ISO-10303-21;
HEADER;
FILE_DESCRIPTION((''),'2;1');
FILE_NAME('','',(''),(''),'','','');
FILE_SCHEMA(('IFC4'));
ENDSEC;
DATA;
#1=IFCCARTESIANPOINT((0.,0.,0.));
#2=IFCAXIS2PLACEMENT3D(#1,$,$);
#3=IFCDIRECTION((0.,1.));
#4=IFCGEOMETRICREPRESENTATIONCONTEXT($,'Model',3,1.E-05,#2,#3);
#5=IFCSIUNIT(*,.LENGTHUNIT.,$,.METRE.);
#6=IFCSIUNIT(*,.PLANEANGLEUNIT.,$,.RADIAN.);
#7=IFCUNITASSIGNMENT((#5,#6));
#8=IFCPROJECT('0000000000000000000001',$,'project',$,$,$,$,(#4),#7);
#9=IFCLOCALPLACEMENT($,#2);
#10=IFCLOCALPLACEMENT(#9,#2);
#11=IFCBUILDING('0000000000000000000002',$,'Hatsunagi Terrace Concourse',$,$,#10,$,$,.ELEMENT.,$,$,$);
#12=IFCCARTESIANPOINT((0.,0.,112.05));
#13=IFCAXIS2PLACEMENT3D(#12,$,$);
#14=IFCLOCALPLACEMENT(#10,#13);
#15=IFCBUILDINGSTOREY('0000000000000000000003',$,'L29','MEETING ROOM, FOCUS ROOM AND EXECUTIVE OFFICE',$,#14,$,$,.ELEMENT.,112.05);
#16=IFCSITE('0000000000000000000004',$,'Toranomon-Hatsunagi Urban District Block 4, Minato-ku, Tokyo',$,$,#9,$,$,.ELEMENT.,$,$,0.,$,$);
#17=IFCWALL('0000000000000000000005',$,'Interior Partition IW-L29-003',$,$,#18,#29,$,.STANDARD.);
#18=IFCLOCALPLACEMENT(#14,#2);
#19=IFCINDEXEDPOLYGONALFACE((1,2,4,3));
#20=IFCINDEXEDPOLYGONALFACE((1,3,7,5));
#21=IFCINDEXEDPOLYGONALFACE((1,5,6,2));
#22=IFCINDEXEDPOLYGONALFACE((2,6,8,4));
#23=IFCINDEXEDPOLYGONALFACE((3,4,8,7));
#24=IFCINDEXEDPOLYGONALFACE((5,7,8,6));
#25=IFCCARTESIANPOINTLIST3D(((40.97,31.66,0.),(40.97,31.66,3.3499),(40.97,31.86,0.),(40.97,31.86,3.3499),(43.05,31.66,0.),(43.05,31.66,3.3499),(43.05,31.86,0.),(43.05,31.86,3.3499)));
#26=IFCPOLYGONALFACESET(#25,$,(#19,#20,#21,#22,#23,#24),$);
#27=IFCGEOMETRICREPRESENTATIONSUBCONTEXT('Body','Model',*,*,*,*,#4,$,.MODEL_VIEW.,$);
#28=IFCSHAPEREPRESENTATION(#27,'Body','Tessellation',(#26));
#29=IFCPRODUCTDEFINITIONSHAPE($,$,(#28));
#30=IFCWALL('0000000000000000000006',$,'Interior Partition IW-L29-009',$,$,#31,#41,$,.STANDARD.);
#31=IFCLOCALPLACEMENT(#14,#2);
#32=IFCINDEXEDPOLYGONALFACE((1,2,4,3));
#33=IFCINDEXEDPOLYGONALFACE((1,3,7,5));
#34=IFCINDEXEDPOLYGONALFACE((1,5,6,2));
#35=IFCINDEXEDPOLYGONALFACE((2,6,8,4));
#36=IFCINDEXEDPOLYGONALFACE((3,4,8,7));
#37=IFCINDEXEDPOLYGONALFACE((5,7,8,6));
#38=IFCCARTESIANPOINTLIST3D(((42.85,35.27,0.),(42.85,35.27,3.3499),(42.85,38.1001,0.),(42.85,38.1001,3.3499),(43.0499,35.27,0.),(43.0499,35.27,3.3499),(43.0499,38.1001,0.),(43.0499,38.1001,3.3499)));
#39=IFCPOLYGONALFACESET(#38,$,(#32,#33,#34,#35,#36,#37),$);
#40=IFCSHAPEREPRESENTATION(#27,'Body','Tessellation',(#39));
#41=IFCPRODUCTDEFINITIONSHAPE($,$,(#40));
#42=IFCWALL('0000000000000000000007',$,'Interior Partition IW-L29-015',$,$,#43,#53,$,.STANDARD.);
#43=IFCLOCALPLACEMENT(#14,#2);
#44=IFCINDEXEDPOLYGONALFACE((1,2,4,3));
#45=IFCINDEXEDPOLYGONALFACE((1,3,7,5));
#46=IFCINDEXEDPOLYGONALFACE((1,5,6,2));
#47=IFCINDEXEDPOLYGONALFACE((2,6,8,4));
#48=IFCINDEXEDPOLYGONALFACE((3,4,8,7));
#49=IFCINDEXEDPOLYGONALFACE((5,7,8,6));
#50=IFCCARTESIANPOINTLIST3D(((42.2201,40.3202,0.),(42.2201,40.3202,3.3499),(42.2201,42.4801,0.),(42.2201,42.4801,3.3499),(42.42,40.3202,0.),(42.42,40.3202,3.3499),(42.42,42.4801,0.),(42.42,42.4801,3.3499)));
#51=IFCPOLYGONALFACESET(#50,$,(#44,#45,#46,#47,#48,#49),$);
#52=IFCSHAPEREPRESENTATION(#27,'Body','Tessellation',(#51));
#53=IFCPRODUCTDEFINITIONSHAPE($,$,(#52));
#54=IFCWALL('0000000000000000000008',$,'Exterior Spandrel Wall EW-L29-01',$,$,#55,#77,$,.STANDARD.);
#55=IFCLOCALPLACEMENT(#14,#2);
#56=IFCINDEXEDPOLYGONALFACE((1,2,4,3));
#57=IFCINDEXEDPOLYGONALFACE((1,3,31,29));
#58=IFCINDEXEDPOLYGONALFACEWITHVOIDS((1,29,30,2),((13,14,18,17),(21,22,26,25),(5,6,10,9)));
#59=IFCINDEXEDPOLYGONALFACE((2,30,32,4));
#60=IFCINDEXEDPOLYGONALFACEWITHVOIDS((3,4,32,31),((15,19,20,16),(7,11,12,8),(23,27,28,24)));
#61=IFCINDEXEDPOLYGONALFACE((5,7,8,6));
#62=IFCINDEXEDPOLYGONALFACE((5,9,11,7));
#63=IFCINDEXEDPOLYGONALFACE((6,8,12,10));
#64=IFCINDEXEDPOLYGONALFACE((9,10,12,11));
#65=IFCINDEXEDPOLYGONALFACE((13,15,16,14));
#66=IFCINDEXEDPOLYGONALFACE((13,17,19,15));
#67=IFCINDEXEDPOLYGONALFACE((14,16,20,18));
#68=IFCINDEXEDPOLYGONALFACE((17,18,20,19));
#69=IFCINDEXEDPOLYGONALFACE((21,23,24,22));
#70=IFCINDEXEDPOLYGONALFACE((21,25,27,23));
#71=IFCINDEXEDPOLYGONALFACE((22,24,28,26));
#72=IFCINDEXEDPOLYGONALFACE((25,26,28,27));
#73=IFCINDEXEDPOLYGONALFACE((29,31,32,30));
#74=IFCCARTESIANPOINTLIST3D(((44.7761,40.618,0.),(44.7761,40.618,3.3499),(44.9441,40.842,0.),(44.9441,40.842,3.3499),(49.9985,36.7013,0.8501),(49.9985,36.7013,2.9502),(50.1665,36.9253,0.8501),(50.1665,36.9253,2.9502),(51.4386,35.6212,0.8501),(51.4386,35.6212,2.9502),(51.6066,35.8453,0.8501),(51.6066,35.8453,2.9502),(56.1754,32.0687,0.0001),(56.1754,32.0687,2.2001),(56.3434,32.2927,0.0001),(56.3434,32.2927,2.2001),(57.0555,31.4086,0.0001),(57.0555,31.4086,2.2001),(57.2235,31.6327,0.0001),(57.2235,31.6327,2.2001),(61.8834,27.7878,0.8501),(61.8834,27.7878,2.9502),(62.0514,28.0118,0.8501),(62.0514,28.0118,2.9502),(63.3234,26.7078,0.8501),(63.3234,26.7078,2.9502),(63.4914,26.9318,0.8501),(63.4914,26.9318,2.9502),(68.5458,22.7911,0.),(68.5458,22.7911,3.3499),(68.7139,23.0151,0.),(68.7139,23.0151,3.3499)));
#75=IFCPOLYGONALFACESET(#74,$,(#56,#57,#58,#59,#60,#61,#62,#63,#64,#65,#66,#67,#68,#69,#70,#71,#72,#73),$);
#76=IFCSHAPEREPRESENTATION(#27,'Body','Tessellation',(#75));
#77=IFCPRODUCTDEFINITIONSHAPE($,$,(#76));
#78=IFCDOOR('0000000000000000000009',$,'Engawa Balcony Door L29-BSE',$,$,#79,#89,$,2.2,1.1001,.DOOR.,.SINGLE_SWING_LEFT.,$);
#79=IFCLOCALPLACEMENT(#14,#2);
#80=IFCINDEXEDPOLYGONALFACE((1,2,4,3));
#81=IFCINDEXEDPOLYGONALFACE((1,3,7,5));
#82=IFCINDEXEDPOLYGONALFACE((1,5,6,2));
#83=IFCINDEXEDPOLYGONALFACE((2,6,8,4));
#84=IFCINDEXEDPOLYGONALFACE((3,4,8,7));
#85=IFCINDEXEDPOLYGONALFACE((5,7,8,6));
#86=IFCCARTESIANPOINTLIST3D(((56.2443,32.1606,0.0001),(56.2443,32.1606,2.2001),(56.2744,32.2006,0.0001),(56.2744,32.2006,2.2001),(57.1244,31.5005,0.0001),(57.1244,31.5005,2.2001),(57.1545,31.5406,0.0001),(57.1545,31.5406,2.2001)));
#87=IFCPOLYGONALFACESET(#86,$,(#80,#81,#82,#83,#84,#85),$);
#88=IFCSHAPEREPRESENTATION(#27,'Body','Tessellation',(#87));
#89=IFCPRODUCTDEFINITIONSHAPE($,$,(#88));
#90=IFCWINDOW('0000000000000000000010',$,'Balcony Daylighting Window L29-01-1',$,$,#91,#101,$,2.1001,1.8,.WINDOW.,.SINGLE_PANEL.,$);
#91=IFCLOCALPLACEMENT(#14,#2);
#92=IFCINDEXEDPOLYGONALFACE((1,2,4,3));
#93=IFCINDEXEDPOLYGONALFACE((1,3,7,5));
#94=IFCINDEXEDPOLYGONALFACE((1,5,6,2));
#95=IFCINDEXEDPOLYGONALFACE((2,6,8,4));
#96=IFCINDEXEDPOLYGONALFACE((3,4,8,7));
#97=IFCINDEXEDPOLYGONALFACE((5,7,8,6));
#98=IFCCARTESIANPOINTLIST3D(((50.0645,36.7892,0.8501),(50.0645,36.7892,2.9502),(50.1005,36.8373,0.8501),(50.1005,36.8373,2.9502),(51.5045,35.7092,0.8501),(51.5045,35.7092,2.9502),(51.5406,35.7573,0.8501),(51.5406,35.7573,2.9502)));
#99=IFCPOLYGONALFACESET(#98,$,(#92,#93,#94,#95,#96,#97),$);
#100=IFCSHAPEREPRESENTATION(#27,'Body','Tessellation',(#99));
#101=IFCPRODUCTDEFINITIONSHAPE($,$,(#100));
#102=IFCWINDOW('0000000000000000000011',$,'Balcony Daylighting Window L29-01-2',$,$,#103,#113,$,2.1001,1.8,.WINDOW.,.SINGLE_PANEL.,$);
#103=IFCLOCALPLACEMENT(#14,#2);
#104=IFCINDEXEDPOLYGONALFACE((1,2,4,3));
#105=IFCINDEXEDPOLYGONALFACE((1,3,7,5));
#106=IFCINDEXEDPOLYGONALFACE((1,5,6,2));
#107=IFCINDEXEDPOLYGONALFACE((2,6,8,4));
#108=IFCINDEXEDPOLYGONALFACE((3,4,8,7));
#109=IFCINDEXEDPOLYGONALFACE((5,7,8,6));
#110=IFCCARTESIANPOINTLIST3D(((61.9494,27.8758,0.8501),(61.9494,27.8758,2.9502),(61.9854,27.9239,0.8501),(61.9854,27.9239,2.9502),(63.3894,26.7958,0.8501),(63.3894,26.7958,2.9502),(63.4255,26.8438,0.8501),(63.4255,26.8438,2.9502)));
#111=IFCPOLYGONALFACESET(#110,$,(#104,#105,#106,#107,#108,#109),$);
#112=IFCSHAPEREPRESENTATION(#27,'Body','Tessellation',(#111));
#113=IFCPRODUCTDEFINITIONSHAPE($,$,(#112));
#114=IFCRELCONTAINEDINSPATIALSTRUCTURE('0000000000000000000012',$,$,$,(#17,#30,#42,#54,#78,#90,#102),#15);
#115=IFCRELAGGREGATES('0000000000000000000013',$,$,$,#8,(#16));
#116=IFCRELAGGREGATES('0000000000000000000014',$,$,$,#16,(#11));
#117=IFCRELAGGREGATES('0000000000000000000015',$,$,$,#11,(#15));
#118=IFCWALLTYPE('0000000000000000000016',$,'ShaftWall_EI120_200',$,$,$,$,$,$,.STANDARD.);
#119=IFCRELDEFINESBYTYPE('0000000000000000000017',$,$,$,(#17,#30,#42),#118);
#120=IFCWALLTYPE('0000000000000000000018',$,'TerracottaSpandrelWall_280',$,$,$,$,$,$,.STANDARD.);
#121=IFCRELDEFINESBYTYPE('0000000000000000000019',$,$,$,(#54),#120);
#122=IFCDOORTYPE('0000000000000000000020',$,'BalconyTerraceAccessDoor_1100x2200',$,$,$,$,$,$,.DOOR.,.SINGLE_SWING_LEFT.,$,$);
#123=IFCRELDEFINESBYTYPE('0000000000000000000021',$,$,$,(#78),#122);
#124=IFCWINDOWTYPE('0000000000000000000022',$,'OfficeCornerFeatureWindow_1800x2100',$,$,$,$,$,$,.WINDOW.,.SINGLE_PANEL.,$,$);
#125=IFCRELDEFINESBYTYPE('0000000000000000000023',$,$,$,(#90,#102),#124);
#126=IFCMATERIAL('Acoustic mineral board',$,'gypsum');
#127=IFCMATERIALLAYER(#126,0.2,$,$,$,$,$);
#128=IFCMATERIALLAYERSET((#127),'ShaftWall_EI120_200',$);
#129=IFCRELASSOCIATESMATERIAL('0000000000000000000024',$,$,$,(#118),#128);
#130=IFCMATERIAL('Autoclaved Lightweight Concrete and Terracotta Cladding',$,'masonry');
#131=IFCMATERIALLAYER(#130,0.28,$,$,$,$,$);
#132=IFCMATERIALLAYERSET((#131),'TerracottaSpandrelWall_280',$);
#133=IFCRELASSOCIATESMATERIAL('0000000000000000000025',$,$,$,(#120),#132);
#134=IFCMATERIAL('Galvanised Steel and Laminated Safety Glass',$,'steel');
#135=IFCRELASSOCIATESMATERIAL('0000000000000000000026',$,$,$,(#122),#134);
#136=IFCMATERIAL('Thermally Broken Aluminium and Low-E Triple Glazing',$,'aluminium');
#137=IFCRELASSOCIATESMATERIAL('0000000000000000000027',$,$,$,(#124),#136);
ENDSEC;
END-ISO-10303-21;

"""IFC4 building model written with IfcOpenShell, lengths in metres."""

from ifc_helpers import new_model, si_unit, direction, frame, frame_2d, origin, place, context, subcontext, project, spatial, rectangle, extrude, material, layer, layer_set, type_object, element, fill, save


model = new_model("IFC4")

# Units and contexts
model_context = context("Model", 3, precision=1e-05, world=origin(), true_north=direction((0.0, 1.0)))
body_context = subcontext(model_context, "Body", "Model", "MODEL_VIEW")
ifc_project = project(units=[si_unit("LENGTHUNIT", "METRE"), si_unit("PLANEANGLEUNIT", "RADIAN")], contexts=[model_context])

# Site, building, storey
site_placement = place(None, origin())
site = spatial("IfcSite", under=ifc_project, at=site_placement, Name="Toranomon-Hatsunagi Urban District Block 4, Minato-ku, Tokyo", CompositionType="ELEMENT", RefElevation=0.0)
building_placement = place(site_placement, origin())
building = spatial("IfcBuilding", under=site, at=building_placement, Name="Hatsunagi Terrace Concourse", CompositionType="ELEMENT")
storey_placement = place(building_placement, frame((0.0, 0.0, 112.05)))
storey = spatial("IfcBuildingStorey", under=building, at=storey_placement, Name="L29", Description="MEETING ROOM, FOCUS ROOM AND EXECUTIVE OFFICE", CompositionType="ELEMENT", Elevation=112.05)

# Walls
ifc_material_1 = material(Name="Acoustic mineral board", Category="gypsum")
ifc_layer_1 = layer(ifc_material_1, 0.2)
ifc_layer_set_1 = layer_set([ifc_layer_1], Name="ShaftWall_EI120_200")
wall_type_1 = type_object("IfcWallType", Name="ShaftWall_EI120_200", PredefinedType="STANDARD", material=ifc_layer_set_1)
wall_1_placement = place(storey_placement, frame((40.97, 31.76, 0.0), z_axis=(0.0, 0.0, 1.0), x_axis=(1.0, 0.0, 0.0)))
element("IfcWall", 1, at=wall_1_placement, inside=storey, type_object=wall_type_1, Name="Interior Partition IW-L29-003", PredefinedType="STANDARD", context=body_context, shape_type="SweptSolid", body=[
    extrude(rectangle(XDim=2.0801, YDim=0.2, at=frame_2d((1.04, 0.0))), origin(), (0.0, 0.0, 1.0), 3.3499),
])
wall_2_placement = place(storey_placement, frame((42.95, 35.27, 0.0), z_axis=(0.0, 0.0, 1.0), x_axis=(0.0, 1.0, 0.0)))
element("IfcWall", 2, at=wall_2_placement, inside=storey, type_object=wall_type_1, Name="Interior Partition IW-L29-009", PredefinedType="STANDARD", context=body_context, shape_type="SweptSolid", body=[
    extrude(rectangle(XDim=2.8301, YDim=0.2, at=frame_2d((1.415, 0.0))), origin(), (0.0, 0.0, 1.0), 3.3499),
])
wall_3_placement = place(storey_placement, frame((42.3201, 40.3201, 0.0), z_axis=(0.0, 0.0, 1.0), x_axis=(0.0, 1.0, 0.0)))
element("IfcWall", 3, at=wall_3_placement, inside=storey, type_object=wall_type_1, Name="Interior Partition IW-L29-015", PredefinedType="STANDARD", context=body_context, shape_type="SweptSolid", body=[
    extrude(rectangle(XDim=2.1599, YDim=0.2, at=frame_2d((1.0801, 0.0))), origin(), (0.0, 0.0, 1.0), 3.3499),
])

# Wall, openings, door, windows
ifc_material_2 = material(Name="Autoclaved Lightweight Concrete and Terracotta Cladding", Category="masonry")
ifc_layer_2 = layer(ifc_material_2, 0.28)
ifc_layer_set_2 = layer_set([ifc_layer_2], Name="TerracottaSpandrelWall_280")
wall_type_2 = type_object("IfcWallType", Name="TerracottaSpandrelWall_280", PredefinedType="STANDARD", material=ifc_layer_set_2)
wall_4_placement = place(storey_placement, frame((44.8601, 40.73, 0.0), z_axis=(0.0, 0.0, 1.0), x_axis=(0.800007, -0.599991, 0.0)))
wall_4 = element("IfcWall", 4, at=wall_4_placement, inside=storey, type_object=wall_type_2, Name="Exterior Spandrel Wall EW-L29-01", PredefinedType="STANDARD", context=body_context, shape_type="SweptSolid", body=[
    extrude(rectangle(XDim=29.7119, YDim=0.28, at=frame_2d((14.856, 0.0))), origin(), (0.0, 0.0, 1.0), 3.3499),
])
opening_1_placement = place(wall_4_placement, frame((14.249, 0.0, 0.0)))
opening_1 = element("IfcOpeningElement", 5, at=opening_1_placement, cuts=wall_4, PredefinedType="OPENING", context=body_context, shape_type="SweptSolid", body=[
    extrude(rectangle(XDim=1.1001, YDim=2.2, at=frame_2d((0.55, 1.1001))), frame((0.0, 0.1499, 0.0), z_axis=(0.0, -1.0, 0.0), x_axis=(1.0, 0.0, 0.0)), (0.0, 0.0, 1.0), 0.3),
])
opening_2_placement = place(wall_4_placement, frame((6.5281, 0.0, 0.8501)))
opening_2 = element("IfcOpeningElement", 6, at=opening_2_placement, cuts=wall_4, PredefinedType="OPENING", context=body_context, shape_type="SweptSolid", body=[
    extrude(rectangle(XDim=1.8, YDim=2.1001, at=frame_2d((0.8999, 1.05))), frame((0.0, 0.1499, 0.0), z_axis=(0.0, -1.0, 0.0), x_axis=(1.0, 0.0, 0.0)), (0.0, 0.0, 1.0), 0.3),
])
opening_3_placement = place(wall_4_placement, frame((21.384, 0.0, 0.8501)))
opening_3 = element("IfcOpeningElement", 7, at=opening_3_placement, cuts=wall_4, PredefinedType="OPENING", context=body_context, shape_type="SweptSolid", body=[
    extrude(rectangle(XDim=1.8, YDim=2.1001, at=frame_2d((0.8999, 1.05))), frame((0.0, 0.1499, 0.0), z_axis=(0.0, -1.0, 0.0), x_axis=(1.0, 0.0, 0.0)), (0.0, 0.0, 1.0), 0.3),
])
ifc_material_3 = material(Name="Galvanised Steel and Laminated Safety Glass", Category="steel")
door_type_1 = type_object("IfcDoorType", Name="BalconyTerraceAccessDoor_1100x2200", OperationType="SINGLE_SWING_LEFT", PredefinedType="DOOR", material=ifc_material_3)
door_1_placement = place(opening_1_placement, origin())
door_1 = element("IfcDoor", 8, at=door_1_placement, inside=storey, type_object=door_type_1, Name="Engawa Balcony Door L29-BSE", OperationType="SINGLE_SWING_LEFT", OverallHeight=2.2, OverallWidth=1.1001, PredefinedType="DOOR", context=body_context, shape_type="SweptSolid", body=[
    extrude(rectangle(XDim=1.1001, YDim=2.2, at=frame_2d((0.55, 1.1001))), frame((0.0, 0.0249, 0.0), z_axis=(0.0, -1.0, 0.0), x_axis=(1.0, 0.0, 0.0)), (0.0, 0.0, 1.0), 0.05),
])
fill(opening_1, door_1)
ifc_material_4 = material(Name="Thermally Broken Aluminium and Low-E Triple Glazing", Category="aluminium")
window_type = type_object("IfcWindowType", Name="OfficeCornerFeatureWindow_1800x2100", PartitioningType="SINGLE_PANEL", PredefinedType="WINDOW", material=ifc_material_4)
window_1_placement = place(opening_2_placement, origin())
window_1 = element("IfcWindow", 9, at=window_1_placement, inside=storey, type_object=window_type, Name="Balcony Daylighting Window L29-01-1", OverallHeight=2.1001, OverallWidth=1.8, PartitioningType="SINGLE_PANEL", PredefinedType="WINDOW", context=body_context, shape_type="SweptSolid", body=[
    extrude(rectangle(XDim=1.8, YDim=2.1001, at=frame_2d((0.8999, 1.05))), frame((0.0, 0.03, 0.0), z_axis=(0.0, -1.0, 0.0), x_axis=(1.0, 0.0, 0.0)), (0.0, 0.0, 1.0), 0.0601),
])
fill(opening_2, window_1)
window_2_placement = place(opening_3_placement, origin())
window_2 = element("IfcWindow", 10, at=window_2_placement, inside=storey, type_object=window_type, Name="Balcony Daylighting Window L29-01-2", OverallHeight=2.1001, OverallWidth=1.8, PartitioningType="SINGLE_PANEL", PredefinedType="WINDOW", context=body_context, shape_type="SweptSolid", body=[
    extrude(rectangle(XDim=1.8, YDim=2.1001, at=frame_2d((0.8999, 1.05))), frame((0.0, 0.03, 0.0), z_axis=(0.0, -1.0, 0.0), x_axis=(1.0, 0.0, 0.0)), (0.0, 0.0, 1.0), 0.0601),
])
fill(opening_3, window_2)

save(model, "model.ifc")
